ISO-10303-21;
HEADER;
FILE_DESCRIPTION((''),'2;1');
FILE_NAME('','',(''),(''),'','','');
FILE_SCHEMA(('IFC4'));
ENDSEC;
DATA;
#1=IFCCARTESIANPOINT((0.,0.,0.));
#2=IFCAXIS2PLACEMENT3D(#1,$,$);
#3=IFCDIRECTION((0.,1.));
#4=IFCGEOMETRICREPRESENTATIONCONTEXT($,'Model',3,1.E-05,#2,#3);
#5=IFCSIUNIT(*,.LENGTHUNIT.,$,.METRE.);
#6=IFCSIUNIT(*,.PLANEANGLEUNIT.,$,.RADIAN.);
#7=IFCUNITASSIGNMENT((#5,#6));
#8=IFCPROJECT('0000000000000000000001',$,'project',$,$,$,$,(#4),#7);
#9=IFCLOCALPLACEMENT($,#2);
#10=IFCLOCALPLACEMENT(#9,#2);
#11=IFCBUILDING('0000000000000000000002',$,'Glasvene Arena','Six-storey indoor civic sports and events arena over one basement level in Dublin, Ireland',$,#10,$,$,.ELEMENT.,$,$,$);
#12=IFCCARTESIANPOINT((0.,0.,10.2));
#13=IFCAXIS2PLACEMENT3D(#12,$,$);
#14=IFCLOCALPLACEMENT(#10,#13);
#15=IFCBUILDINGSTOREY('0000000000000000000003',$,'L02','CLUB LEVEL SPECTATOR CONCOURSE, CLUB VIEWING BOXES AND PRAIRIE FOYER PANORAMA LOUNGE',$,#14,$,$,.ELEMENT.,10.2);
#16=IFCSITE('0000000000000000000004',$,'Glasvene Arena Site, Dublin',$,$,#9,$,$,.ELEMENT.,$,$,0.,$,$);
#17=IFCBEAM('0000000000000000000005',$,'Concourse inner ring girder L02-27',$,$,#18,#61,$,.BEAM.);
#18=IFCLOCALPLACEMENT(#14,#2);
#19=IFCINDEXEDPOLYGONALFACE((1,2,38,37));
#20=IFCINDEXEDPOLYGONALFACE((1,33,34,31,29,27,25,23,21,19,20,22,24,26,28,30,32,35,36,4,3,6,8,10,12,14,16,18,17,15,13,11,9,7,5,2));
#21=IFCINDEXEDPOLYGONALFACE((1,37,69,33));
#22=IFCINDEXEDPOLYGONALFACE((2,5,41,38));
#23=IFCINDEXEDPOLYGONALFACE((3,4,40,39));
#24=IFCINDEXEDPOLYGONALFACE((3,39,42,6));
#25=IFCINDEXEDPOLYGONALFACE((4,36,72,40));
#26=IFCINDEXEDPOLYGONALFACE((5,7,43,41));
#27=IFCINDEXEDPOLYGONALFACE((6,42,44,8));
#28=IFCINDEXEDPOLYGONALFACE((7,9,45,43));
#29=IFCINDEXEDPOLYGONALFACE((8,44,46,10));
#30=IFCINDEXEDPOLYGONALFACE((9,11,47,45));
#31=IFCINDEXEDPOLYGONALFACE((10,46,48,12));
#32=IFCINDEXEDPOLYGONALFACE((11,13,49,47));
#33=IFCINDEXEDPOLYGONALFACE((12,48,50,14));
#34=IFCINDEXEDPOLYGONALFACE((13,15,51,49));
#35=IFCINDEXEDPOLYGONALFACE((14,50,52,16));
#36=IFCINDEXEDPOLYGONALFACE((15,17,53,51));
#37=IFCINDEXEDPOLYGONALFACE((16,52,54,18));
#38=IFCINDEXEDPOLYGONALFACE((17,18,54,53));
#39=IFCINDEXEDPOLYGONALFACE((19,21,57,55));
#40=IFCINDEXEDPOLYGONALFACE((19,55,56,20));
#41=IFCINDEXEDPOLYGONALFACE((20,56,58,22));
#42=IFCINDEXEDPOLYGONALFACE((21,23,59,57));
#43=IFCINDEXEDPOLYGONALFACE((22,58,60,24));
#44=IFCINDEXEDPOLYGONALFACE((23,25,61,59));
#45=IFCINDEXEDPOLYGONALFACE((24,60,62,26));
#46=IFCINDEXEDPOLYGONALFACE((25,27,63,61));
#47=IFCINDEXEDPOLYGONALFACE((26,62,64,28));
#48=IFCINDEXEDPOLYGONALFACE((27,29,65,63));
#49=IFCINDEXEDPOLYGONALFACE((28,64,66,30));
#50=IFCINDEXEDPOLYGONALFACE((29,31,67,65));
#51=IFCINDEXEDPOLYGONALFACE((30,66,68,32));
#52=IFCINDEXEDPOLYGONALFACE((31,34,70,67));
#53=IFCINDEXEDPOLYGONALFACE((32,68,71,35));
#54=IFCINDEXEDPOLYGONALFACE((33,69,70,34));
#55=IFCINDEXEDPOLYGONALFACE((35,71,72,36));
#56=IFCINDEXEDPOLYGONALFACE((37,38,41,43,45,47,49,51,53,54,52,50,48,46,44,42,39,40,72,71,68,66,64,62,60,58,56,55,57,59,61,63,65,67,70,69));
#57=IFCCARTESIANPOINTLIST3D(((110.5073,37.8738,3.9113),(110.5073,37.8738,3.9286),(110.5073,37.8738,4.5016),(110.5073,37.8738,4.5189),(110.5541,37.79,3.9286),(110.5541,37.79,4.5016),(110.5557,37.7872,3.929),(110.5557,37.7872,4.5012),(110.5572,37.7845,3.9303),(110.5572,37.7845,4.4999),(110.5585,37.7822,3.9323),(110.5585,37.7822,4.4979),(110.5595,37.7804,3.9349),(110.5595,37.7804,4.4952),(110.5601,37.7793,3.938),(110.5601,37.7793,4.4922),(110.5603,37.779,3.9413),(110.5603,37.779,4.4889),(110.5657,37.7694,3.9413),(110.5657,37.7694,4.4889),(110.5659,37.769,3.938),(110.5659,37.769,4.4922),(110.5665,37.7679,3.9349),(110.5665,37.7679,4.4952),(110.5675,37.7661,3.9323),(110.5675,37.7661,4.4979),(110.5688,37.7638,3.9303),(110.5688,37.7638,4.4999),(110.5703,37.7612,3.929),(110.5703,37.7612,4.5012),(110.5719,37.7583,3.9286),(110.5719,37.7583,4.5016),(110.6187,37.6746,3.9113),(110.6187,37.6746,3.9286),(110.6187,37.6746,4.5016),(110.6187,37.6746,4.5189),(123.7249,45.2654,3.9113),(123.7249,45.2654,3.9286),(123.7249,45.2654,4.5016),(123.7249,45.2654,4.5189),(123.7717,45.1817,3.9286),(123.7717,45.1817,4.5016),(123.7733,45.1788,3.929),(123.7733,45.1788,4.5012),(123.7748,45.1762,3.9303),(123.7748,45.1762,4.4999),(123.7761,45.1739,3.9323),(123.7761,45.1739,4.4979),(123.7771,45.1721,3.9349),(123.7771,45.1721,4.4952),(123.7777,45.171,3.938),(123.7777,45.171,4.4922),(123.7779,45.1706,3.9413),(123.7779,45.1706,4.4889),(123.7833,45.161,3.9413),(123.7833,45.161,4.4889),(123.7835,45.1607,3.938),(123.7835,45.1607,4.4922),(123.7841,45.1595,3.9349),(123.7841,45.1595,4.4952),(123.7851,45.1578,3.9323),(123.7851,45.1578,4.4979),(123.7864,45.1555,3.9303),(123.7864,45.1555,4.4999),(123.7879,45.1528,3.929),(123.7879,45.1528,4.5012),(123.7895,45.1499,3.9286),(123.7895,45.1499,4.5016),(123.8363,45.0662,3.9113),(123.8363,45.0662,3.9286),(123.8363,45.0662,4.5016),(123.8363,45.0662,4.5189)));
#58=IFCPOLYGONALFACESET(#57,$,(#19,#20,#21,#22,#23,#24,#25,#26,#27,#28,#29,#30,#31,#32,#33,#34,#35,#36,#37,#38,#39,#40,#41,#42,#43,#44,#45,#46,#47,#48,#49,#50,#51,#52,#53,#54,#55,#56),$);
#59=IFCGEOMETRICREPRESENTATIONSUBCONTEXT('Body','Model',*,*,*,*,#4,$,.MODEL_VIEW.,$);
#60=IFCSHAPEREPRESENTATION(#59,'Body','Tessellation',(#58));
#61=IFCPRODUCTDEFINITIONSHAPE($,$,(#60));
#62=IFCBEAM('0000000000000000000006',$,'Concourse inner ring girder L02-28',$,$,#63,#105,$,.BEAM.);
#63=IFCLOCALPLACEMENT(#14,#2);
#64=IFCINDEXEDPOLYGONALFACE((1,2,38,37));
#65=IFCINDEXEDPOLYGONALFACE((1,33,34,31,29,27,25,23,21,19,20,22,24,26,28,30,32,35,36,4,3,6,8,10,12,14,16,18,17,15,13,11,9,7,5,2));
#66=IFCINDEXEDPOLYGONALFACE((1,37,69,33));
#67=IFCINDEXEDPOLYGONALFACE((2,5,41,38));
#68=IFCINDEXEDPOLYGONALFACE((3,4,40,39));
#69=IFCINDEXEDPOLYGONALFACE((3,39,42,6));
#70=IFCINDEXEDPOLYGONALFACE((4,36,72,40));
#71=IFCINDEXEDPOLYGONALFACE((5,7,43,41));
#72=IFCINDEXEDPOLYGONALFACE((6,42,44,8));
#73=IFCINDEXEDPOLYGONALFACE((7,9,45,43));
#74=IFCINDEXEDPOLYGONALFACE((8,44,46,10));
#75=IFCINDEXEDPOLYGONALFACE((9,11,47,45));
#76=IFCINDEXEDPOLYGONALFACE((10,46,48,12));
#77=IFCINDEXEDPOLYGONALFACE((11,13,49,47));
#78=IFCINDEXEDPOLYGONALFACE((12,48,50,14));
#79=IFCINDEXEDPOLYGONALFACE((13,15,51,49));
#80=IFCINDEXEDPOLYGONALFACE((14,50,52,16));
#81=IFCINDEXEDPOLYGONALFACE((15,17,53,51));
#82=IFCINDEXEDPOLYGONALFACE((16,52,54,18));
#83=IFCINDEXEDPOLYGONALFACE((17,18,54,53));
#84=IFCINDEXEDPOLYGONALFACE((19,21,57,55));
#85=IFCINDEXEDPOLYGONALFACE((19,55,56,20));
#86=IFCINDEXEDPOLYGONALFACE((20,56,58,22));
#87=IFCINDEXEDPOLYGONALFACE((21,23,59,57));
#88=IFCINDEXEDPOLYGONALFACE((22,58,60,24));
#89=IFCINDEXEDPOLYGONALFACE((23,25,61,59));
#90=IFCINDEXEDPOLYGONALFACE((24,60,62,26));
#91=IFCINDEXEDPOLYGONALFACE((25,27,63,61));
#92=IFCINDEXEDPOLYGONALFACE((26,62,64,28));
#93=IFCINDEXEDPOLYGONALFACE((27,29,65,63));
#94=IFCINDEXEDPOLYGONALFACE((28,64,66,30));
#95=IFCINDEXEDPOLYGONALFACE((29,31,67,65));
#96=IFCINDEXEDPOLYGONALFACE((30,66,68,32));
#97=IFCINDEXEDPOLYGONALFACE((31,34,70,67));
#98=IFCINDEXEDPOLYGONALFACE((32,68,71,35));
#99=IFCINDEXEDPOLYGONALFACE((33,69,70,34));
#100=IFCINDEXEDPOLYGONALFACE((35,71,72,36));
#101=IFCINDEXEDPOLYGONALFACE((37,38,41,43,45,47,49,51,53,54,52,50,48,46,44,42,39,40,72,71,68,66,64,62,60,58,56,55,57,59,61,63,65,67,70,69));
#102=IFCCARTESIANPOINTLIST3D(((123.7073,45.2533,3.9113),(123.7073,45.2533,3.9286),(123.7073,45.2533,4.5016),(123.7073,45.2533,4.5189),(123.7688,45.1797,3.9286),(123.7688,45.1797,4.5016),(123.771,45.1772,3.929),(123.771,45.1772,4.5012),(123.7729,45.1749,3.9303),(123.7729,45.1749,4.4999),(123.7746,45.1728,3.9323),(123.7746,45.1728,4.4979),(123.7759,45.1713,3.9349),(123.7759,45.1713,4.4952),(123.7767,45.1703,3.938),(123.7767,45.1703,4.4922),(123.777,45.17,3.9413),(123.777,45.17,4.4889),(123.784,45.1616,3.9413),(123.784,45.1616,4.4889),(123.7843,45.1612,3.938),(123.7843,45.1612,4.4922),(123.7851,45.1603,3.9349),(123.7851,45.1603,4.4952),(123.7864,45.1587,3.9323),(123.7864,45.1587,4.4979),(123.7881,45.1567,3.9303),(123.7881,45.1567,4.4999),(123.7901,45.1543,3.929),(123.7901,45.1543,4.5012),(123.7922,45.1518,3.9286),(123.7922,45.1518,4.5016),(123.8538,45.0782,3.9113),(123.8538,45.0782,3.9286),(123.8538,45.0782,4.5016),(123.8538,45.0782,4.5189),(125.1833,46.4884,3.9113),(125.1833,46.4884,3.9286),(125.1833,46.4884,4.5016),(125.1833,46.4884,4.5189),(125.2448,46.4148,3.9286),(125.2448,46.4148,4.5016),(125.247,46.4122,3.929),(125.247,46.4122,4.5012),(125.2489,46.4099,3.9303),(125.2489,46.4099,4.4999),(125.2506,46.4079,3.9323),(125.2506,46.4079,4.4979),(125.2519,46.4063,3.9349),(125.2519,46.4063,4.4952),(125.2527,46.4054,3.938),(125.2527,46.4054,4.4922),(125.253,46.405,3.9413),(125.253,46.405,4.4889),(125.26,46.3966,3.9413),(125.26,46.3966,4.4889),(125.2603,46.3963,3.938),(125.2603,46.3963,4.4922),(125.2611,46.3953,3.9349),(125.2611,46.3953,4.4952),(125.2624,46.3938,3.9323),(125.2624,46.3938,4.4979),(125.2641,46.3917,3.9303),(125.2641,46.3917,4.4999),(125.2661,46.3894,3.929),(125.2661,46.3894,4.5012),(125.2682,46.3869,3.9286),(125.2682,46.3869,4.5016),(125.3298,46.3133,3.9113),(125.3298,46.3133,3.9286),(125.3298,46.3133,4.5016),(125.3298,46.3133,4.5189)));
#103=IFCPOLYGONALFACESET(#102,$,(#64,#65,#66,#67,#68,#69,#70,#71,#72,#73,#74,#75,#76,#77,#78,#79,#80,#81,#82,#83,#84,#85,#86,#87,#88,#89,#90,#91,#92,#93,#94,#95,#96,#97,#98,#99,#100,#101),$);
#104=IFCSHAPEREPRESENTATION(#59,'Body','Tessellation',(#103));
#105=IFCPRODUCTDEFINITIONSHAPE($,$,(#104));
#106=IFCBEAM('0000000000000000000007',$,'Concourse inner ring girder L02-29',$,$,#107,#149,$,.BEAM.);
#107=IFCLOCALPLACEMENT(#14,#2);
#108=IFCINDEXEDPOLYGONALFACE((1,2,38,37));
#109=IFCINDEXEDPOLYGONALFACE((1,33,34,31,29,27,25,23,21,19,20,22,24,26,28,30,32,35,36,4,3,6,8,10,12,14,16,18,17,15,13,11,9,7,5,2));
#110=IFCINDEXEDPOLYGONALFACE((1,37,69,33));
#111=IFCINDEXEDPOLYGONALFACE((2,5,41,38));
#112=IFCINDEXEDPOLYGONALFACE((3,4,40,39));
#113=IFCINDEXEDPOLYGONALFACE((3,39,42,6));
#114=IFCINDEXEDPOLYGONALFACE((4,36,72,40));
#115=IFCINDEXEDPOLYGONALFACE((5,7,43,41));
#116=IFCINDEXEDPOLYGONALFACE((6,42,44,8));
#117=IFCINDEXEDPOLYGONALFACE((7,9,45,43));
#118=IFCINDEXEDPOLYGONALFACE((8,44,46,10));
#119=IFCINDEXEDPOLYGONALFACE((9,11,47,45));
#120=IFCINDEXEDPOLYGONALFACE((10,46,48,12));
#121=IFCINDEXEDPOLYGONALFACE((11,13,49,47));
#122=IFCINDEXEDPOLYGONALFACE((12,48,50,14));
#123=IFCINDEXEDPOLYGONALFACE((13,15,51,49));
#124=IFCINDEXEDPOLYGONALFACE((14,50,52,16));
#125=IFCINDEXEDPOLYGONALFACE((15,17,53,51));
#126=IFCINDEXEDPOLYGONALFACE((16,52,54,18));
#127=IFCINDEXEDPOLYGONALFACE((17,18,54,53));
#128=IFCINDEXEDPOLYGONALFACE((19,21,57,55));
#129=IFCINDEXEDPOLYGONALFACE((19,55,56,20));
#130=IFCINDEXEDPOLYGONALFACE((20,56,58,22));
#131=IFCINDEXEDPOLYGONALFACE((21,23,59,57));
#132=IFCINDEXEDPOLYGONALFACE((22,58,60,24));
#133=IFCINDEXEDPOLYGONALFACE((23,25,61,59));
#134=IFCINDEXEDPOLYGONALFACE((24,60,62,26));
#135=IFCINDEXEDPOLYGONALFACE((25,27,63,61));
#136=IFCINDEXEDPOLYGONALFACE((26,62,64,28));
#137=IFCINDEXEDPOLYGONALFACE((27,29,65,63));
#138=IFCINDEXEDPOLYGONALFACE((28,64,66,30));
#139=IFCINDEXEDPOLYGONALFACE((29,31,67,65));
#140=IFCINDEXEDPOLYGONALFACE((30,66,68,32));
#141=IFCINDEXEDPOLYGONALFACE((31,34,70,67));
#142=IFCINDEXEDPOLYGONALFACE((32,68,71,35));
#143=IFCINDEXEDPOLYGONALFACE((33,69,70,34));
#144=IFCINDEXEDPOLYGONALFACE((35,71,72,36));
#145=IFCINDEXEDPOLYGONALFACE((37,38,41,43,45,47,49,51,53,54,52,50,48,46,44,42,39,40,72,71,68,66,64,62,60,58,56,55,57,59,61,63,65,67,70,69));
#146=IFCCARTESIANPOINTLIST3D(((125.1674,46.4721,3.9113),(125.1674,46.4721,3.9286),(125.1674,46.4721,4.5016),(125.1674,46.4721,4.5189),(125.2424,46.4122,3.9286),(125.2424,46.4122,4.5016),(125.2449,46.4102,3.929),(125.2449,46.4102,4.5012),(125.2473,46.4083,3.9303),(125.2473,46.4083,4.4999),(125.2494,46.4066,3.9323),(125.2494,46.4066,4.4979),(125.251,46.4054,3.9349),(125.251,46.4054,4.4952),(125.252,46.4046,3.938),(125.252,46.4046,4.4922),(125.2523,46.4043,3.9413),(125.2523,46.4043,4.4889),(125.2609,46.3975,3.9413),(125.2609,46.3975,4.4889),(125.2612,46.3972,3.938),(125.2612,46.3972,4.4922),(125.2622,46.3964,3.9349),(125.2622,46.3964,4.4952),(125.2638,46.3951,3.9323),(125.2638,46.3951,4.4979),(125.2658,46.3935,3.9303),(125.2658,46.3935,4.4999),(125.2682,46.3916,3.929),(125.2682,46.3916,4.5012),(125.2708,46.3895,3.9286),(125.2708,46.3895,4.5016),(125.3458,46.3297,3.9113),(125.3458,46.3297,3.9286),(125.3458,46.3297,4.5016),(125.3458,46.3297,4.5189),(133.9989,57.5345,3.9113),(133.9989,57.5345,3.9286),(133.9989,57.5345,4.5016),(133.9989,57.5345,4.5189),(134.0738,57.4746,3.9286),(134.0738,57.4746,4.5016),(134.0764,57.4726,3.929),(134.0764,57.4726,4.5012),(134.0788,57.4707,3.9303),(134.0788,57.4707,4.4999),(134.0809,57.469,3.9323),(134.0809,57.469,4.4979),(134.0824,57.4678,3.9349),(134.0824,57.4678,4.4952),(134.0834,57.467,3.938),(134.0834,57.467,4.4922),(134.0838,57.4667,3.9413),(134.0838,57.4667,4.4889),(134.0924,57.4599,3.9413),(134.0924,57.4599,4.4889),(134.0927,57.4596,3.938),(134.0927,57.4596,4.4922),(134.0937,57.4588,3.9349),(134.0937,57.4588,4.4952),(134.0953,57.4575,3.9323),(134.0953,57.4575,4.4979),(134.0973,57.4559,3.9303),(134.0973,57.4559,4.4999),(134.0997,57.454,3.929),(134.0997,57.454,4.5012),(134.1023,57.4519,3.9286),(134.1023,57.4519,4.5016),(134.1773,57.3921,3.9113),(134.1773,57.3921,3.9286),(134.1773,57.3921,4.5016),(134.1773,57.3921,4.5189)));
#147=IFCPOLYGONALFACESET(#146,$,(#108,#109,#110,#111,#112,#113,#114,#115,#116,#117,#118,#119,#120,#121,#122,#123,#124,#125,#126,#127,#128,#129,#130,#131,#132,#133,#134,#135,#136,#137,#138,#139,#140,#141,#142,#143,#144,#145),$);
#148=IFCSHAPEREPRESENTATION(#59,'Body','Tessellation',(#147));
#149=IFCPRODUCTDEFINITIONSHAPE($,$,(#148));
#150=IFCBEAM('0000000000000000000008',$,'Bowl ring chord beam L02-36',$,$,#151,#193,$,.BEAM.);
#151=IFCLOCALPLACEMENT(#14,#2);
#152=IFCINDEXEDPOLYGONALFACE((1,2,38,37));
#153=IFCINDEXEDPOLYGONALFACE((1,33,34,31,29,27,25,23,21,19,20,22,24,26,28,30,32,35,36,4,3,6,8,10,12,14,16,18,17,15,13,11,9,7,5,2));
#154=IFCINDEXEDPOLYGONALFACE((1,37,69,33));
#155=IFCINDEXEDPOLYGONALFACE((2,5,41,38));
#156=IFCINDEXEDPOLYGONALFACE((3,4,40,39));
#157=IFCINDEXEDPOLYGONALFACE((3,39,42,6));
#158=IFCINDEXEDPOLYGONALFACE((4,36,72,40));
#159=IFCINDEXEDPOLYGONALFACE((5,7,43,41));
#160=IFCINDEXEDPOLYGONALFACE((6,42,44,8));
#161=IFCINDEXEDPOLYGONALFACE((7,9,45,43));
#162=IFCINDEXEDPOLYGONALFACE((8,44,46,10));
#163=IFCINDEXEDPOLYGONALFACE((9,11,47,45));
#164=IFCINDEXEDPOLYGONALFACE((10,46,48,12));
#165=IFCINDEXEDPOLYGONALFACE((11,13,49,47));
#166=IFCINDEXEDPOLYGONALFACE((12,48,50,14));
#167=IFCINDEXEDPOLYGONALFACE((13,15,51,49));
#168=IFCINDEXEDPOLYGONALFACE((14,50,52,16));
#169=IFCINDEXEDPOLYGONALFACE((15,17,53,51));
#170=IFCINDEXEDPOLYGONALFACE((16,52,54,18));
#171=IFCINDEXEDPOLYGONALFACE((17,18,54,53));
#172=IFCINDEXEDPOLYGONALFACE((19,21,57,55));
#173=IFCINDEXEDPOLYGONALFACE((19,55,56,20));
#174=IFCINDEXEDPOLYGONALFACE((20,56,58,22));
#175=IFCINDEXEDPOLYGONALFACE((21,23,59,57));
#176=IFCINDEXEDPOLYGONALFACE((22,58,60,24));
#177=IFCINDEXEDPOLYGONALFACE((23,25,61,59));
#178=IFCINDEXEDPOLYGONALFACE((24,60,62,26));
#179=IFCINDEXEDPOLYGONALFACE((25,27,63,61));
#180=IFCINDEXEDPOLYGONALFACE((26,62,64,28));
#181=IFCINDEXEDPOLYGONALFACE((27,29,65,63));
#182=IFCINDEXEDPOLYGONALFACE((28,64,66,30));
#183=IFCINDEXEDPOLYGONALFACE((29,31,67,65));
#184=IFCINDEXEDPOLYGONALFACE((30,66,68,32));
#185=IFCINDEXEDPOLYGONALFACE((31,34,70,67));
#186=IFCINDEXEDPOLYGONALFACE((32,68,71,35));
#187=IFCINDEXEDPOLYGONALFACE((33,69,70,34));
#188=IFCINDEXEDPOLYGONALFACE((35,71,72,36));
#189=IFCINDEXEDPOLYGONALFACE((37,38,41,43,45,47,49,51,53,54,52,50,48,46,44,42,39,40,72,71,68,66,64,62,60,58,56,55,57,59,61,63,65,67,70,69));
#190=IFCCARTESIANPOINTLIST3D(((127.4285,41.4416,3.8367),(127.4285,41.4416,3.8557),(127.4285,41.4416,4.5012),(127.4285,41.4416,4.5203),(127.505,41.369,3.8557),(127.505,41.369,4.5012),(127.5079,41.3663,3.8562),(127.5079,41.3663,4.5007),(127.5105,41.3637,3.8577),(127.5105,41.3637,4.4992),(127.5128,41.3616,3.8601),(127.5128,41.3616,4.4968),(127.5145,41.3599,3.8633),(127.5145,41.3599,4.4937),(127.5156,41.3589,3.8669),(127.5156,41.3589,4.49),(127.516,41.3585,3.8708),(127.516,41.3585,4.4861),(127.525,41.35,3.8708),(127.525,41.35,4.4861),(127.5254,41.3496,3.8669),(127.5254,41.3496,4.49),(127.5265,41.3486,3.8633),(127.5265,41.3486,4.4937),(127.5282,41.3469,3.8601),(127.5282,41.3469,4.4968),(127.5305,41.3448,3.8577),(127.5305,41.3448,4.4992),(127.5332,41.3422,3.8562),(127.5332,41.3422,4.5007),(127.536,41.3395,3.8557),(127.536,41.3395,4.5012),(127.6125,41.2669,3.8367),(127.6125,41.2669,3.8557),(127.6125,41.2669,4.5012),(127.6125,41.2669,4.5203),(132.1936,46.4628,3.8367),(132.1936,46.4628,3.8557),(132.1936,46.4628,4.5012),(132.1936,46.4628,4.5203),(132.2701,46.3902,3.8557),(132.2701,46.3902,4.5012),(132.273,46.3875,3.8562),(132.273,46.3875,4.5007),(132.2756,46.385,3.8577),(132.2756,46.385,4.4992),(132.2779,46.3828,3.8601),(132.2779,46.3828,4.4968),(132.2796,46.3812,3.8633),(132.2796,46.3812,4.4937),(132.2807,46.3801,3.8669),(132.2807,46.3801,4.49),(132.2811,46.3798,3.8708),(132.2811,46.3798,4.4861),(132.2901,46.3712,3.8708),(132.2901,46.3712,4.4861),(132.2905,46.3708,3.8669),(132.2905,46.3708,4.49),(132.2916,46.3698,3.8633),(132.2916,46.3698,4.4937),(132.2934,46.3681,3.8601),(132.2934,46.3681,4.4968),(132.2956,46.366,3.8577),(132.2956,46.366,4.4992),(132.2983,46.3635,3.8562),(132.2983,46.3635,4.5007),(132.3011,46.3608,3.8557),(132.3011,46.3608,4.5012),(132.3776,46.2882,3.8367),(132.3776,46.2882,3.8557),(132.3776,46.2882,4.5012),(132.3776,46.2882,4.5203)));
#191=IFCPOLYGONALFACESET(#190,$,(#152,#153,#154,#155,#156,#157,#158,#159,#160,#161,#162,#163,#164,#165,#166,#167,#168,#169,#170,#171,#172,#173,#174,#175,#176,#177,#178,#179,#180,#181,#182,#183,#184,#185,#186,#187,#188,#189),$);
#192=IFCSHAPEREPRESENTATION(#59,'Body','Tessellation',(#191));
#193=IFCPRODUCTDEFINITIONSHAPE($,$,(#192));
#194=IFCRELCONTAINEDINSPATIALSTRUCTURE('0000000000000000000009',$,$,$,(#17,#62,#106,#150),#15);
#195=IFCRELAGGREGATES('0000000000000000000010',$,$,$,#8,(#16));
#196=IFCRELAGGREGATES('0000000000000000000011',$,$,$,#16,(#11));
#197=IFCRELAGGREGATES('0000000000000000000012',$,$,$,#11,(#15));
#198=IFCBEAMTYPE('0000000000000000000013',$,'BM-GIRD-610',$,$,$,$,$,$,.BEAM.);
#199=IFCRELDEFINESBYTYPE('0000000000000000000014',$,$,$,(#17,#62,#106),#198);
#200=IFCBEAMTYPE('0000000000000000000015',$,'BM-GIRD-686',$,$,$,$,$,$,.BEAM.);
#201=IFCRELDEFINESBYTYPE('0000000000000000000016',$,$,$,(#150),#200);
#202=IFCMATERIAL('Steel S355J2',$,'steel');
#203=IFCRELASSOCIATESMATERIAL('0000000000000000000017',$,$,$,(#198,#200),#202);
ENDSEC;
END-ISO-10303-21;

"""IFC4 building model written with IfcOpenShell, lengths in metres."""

from ifc_helpers import new_model, si_unit, direction, frame, origin, origin_2d, place, context, subcontext, project, spatial, i_section, extrude, material, material_profile, profile_set, type_object, element, save


model = new_model("IFC4")

# Units and contexts
model_context = context("Model", 3, precision=1e-05, world=origin(), true_north=direction((0.0, 1.0)))
body_context = subcontext(model_context, "Body", "Model", "MODEL_VIEW")
ifc_project = project(units=[si_unit("LENGTHUNIT", "METRE"), si_unit("PLANEANGLEUNIT", "RADIAN")], contexts=[model_context])

# Site, building, storey
site_placement = place(None, origin())
site = spatial("IfcSite", under=ifc_project, at=site_placement, Name="Glasvene Arena Site, Dublin", CompositionType="ELEMENT", RefElevation=0.0)
building_placement = place(site_placement, origin())
building = spatial("IfcBuilding", under=site, at=building_placement, Name="Glasvene Arena", Description="Six-storey indoor civic sports and events arena over one basement level in Dublin, Ireland", CompositionType="ELEMENT")
storey_placement = place(building_placement, frame((0.0, 0.0, 10.2)))
storey = spatial("IfcBuildingStorey", under=building, at=storey_placement, Name="L02", Description="CLUB LEVEL SPECTATOR CONCOURSE, CLUB VIEWING BOXES AND PRAIRIE FOYER PANORAMA LOUNGE", CompositionType="ELEMENT", Elevation=10.2)

# Shared definitions
ifc_material_1 = material(Name="Steel S355J2", Category="steel")

# Beams
ifc_material_profile_1 = material_profile(ifc_material_1, i_section(OverallWidth=0.2283, OverallDepth=0.6077, WebThickness=0.011, FlangeThickness=0.0173, FilletRadius=0.0127, at=origin_2d()), Name="UKB 610x229x113")
ifc_profile_set_1 = profile_set([ifc_material_profile_1], Name="Steel S355J2")
beam_type_1 = type_object("IfcBeamType", Name="BM-GIRD-610", PredefinedType="BEAM", material=ifc_profile_set_1)
beam_1_placement = place(storey_placement, frame((110.563, 37.7742, 4.2151), z_axis=(0.872793, 0.48809, 0.0), x_axis=(-0.48809, 0.872793, 0.0)))
element("IfcBeam", 1, at=beam_1_placement, inside=storey, type_object=beam_type_1, Name="Concourse inner ring girder L02-27", PredefinedType="BEAM", context=body_context, shape_type="SweptSolid", body=[
    extrude(i_section(OverallWidth=0.2283, OverallDepth=0.6077, WebThickness=0.011, FlangeThickness=0.0173, FilletRadius=0.0127, at=origin_2d()), origin(), (0.0, 0.0, 1.0), 15.144),
])
beam_2_placement = place(storey_placement, frame((123.7805, 45.1658, 4.2151), z_axis=(0.76693, 0.64173, 0.0), x_axis=(-0.64173, 0.76693, 0.0)))
element("IfcBeam", 2, at=beam_2_placement, inside=storey, type_object=beam_type_1, Name="Concourse inner ring girder L02-28", PredefinedType="BEAM", context=body_context, shape_type="SweptSolid", body=[
    extrude(i_section(OverallWidth=0.2283, OverallDepth=0.6077, WebThickness=0.011, FlangeThickness=0.0173, FilletRadius=0.0127, at=origin_2d()), origin(), (0.0, 0.0, 1.0), 1.9246),
])
beam_3_placement = place(storey_placement, frame((125.2566, 46.4009, 4.2151), z_axis=(0.6239, 0.781504, 0.0), x_axis=(-0.781504, 0.6239, 0.0)))
element("IfcBeam", 3, at=beam_3_placement, inside=storey, type_object=beam_type_1, Name="Concourse inner ring girder L02-29", PredefinedType="BEAM", context=body_context, shape_type="SweptSolid", body=[
    extrude(i_section(OverallWidth=0.2283, OverallDepth=0.6077, WebThickness=0.011, FlangeThickness=0.0173, FilletRadius=0.0127, at=origin_2d()), origin(), (0.0, 0.0, 1.0), 14.1553),
])
ifc_material_profile_2 = material_profile(ifc_material_1, i_section(OverallWidth=0.2537, OverallDepth=0.6836, WebThickness=0.0125, FlangeThickness=0.019, FilletRadius=0.0151, at=origin_2d()), Name="UKB 686x254x140")
ifc_profile_set_2 = profile_set([ifc_material_profile_2], Name="Steel S355J2")
beam_type_2 = type_object("IfcBeamType", Name="BM-GIRD-686", PredefinedType="BEAM", material=ifc_profile_set_2)
beam_4_placement = place(storey_placement, frame((127.5205, 41.3542, 4.1785), z_axis=(0.688367, 0.725363, 0.0), x_axis=(-0.725363, 0.688367, 0.0)))
element("IfcBeam", 4, at=beam_4_placement, inside=storey, type_object=beam_type_2, Name="Bowl ring chord beam L02-36", PredefinedType="BEAM", context=body_context, shape_type="SweptSolid", body=[
    extrude(i_section(OverallWidth=0.2537, OverallDepth=0.6836, WebThickness=0.0125, FlangeThickness=0.019, FilletRadius=0.0151, at=origin_2d()), origin(), (0.0, 0.0, 1.0), 6.9224),
])

save(model, "model.ifc")
